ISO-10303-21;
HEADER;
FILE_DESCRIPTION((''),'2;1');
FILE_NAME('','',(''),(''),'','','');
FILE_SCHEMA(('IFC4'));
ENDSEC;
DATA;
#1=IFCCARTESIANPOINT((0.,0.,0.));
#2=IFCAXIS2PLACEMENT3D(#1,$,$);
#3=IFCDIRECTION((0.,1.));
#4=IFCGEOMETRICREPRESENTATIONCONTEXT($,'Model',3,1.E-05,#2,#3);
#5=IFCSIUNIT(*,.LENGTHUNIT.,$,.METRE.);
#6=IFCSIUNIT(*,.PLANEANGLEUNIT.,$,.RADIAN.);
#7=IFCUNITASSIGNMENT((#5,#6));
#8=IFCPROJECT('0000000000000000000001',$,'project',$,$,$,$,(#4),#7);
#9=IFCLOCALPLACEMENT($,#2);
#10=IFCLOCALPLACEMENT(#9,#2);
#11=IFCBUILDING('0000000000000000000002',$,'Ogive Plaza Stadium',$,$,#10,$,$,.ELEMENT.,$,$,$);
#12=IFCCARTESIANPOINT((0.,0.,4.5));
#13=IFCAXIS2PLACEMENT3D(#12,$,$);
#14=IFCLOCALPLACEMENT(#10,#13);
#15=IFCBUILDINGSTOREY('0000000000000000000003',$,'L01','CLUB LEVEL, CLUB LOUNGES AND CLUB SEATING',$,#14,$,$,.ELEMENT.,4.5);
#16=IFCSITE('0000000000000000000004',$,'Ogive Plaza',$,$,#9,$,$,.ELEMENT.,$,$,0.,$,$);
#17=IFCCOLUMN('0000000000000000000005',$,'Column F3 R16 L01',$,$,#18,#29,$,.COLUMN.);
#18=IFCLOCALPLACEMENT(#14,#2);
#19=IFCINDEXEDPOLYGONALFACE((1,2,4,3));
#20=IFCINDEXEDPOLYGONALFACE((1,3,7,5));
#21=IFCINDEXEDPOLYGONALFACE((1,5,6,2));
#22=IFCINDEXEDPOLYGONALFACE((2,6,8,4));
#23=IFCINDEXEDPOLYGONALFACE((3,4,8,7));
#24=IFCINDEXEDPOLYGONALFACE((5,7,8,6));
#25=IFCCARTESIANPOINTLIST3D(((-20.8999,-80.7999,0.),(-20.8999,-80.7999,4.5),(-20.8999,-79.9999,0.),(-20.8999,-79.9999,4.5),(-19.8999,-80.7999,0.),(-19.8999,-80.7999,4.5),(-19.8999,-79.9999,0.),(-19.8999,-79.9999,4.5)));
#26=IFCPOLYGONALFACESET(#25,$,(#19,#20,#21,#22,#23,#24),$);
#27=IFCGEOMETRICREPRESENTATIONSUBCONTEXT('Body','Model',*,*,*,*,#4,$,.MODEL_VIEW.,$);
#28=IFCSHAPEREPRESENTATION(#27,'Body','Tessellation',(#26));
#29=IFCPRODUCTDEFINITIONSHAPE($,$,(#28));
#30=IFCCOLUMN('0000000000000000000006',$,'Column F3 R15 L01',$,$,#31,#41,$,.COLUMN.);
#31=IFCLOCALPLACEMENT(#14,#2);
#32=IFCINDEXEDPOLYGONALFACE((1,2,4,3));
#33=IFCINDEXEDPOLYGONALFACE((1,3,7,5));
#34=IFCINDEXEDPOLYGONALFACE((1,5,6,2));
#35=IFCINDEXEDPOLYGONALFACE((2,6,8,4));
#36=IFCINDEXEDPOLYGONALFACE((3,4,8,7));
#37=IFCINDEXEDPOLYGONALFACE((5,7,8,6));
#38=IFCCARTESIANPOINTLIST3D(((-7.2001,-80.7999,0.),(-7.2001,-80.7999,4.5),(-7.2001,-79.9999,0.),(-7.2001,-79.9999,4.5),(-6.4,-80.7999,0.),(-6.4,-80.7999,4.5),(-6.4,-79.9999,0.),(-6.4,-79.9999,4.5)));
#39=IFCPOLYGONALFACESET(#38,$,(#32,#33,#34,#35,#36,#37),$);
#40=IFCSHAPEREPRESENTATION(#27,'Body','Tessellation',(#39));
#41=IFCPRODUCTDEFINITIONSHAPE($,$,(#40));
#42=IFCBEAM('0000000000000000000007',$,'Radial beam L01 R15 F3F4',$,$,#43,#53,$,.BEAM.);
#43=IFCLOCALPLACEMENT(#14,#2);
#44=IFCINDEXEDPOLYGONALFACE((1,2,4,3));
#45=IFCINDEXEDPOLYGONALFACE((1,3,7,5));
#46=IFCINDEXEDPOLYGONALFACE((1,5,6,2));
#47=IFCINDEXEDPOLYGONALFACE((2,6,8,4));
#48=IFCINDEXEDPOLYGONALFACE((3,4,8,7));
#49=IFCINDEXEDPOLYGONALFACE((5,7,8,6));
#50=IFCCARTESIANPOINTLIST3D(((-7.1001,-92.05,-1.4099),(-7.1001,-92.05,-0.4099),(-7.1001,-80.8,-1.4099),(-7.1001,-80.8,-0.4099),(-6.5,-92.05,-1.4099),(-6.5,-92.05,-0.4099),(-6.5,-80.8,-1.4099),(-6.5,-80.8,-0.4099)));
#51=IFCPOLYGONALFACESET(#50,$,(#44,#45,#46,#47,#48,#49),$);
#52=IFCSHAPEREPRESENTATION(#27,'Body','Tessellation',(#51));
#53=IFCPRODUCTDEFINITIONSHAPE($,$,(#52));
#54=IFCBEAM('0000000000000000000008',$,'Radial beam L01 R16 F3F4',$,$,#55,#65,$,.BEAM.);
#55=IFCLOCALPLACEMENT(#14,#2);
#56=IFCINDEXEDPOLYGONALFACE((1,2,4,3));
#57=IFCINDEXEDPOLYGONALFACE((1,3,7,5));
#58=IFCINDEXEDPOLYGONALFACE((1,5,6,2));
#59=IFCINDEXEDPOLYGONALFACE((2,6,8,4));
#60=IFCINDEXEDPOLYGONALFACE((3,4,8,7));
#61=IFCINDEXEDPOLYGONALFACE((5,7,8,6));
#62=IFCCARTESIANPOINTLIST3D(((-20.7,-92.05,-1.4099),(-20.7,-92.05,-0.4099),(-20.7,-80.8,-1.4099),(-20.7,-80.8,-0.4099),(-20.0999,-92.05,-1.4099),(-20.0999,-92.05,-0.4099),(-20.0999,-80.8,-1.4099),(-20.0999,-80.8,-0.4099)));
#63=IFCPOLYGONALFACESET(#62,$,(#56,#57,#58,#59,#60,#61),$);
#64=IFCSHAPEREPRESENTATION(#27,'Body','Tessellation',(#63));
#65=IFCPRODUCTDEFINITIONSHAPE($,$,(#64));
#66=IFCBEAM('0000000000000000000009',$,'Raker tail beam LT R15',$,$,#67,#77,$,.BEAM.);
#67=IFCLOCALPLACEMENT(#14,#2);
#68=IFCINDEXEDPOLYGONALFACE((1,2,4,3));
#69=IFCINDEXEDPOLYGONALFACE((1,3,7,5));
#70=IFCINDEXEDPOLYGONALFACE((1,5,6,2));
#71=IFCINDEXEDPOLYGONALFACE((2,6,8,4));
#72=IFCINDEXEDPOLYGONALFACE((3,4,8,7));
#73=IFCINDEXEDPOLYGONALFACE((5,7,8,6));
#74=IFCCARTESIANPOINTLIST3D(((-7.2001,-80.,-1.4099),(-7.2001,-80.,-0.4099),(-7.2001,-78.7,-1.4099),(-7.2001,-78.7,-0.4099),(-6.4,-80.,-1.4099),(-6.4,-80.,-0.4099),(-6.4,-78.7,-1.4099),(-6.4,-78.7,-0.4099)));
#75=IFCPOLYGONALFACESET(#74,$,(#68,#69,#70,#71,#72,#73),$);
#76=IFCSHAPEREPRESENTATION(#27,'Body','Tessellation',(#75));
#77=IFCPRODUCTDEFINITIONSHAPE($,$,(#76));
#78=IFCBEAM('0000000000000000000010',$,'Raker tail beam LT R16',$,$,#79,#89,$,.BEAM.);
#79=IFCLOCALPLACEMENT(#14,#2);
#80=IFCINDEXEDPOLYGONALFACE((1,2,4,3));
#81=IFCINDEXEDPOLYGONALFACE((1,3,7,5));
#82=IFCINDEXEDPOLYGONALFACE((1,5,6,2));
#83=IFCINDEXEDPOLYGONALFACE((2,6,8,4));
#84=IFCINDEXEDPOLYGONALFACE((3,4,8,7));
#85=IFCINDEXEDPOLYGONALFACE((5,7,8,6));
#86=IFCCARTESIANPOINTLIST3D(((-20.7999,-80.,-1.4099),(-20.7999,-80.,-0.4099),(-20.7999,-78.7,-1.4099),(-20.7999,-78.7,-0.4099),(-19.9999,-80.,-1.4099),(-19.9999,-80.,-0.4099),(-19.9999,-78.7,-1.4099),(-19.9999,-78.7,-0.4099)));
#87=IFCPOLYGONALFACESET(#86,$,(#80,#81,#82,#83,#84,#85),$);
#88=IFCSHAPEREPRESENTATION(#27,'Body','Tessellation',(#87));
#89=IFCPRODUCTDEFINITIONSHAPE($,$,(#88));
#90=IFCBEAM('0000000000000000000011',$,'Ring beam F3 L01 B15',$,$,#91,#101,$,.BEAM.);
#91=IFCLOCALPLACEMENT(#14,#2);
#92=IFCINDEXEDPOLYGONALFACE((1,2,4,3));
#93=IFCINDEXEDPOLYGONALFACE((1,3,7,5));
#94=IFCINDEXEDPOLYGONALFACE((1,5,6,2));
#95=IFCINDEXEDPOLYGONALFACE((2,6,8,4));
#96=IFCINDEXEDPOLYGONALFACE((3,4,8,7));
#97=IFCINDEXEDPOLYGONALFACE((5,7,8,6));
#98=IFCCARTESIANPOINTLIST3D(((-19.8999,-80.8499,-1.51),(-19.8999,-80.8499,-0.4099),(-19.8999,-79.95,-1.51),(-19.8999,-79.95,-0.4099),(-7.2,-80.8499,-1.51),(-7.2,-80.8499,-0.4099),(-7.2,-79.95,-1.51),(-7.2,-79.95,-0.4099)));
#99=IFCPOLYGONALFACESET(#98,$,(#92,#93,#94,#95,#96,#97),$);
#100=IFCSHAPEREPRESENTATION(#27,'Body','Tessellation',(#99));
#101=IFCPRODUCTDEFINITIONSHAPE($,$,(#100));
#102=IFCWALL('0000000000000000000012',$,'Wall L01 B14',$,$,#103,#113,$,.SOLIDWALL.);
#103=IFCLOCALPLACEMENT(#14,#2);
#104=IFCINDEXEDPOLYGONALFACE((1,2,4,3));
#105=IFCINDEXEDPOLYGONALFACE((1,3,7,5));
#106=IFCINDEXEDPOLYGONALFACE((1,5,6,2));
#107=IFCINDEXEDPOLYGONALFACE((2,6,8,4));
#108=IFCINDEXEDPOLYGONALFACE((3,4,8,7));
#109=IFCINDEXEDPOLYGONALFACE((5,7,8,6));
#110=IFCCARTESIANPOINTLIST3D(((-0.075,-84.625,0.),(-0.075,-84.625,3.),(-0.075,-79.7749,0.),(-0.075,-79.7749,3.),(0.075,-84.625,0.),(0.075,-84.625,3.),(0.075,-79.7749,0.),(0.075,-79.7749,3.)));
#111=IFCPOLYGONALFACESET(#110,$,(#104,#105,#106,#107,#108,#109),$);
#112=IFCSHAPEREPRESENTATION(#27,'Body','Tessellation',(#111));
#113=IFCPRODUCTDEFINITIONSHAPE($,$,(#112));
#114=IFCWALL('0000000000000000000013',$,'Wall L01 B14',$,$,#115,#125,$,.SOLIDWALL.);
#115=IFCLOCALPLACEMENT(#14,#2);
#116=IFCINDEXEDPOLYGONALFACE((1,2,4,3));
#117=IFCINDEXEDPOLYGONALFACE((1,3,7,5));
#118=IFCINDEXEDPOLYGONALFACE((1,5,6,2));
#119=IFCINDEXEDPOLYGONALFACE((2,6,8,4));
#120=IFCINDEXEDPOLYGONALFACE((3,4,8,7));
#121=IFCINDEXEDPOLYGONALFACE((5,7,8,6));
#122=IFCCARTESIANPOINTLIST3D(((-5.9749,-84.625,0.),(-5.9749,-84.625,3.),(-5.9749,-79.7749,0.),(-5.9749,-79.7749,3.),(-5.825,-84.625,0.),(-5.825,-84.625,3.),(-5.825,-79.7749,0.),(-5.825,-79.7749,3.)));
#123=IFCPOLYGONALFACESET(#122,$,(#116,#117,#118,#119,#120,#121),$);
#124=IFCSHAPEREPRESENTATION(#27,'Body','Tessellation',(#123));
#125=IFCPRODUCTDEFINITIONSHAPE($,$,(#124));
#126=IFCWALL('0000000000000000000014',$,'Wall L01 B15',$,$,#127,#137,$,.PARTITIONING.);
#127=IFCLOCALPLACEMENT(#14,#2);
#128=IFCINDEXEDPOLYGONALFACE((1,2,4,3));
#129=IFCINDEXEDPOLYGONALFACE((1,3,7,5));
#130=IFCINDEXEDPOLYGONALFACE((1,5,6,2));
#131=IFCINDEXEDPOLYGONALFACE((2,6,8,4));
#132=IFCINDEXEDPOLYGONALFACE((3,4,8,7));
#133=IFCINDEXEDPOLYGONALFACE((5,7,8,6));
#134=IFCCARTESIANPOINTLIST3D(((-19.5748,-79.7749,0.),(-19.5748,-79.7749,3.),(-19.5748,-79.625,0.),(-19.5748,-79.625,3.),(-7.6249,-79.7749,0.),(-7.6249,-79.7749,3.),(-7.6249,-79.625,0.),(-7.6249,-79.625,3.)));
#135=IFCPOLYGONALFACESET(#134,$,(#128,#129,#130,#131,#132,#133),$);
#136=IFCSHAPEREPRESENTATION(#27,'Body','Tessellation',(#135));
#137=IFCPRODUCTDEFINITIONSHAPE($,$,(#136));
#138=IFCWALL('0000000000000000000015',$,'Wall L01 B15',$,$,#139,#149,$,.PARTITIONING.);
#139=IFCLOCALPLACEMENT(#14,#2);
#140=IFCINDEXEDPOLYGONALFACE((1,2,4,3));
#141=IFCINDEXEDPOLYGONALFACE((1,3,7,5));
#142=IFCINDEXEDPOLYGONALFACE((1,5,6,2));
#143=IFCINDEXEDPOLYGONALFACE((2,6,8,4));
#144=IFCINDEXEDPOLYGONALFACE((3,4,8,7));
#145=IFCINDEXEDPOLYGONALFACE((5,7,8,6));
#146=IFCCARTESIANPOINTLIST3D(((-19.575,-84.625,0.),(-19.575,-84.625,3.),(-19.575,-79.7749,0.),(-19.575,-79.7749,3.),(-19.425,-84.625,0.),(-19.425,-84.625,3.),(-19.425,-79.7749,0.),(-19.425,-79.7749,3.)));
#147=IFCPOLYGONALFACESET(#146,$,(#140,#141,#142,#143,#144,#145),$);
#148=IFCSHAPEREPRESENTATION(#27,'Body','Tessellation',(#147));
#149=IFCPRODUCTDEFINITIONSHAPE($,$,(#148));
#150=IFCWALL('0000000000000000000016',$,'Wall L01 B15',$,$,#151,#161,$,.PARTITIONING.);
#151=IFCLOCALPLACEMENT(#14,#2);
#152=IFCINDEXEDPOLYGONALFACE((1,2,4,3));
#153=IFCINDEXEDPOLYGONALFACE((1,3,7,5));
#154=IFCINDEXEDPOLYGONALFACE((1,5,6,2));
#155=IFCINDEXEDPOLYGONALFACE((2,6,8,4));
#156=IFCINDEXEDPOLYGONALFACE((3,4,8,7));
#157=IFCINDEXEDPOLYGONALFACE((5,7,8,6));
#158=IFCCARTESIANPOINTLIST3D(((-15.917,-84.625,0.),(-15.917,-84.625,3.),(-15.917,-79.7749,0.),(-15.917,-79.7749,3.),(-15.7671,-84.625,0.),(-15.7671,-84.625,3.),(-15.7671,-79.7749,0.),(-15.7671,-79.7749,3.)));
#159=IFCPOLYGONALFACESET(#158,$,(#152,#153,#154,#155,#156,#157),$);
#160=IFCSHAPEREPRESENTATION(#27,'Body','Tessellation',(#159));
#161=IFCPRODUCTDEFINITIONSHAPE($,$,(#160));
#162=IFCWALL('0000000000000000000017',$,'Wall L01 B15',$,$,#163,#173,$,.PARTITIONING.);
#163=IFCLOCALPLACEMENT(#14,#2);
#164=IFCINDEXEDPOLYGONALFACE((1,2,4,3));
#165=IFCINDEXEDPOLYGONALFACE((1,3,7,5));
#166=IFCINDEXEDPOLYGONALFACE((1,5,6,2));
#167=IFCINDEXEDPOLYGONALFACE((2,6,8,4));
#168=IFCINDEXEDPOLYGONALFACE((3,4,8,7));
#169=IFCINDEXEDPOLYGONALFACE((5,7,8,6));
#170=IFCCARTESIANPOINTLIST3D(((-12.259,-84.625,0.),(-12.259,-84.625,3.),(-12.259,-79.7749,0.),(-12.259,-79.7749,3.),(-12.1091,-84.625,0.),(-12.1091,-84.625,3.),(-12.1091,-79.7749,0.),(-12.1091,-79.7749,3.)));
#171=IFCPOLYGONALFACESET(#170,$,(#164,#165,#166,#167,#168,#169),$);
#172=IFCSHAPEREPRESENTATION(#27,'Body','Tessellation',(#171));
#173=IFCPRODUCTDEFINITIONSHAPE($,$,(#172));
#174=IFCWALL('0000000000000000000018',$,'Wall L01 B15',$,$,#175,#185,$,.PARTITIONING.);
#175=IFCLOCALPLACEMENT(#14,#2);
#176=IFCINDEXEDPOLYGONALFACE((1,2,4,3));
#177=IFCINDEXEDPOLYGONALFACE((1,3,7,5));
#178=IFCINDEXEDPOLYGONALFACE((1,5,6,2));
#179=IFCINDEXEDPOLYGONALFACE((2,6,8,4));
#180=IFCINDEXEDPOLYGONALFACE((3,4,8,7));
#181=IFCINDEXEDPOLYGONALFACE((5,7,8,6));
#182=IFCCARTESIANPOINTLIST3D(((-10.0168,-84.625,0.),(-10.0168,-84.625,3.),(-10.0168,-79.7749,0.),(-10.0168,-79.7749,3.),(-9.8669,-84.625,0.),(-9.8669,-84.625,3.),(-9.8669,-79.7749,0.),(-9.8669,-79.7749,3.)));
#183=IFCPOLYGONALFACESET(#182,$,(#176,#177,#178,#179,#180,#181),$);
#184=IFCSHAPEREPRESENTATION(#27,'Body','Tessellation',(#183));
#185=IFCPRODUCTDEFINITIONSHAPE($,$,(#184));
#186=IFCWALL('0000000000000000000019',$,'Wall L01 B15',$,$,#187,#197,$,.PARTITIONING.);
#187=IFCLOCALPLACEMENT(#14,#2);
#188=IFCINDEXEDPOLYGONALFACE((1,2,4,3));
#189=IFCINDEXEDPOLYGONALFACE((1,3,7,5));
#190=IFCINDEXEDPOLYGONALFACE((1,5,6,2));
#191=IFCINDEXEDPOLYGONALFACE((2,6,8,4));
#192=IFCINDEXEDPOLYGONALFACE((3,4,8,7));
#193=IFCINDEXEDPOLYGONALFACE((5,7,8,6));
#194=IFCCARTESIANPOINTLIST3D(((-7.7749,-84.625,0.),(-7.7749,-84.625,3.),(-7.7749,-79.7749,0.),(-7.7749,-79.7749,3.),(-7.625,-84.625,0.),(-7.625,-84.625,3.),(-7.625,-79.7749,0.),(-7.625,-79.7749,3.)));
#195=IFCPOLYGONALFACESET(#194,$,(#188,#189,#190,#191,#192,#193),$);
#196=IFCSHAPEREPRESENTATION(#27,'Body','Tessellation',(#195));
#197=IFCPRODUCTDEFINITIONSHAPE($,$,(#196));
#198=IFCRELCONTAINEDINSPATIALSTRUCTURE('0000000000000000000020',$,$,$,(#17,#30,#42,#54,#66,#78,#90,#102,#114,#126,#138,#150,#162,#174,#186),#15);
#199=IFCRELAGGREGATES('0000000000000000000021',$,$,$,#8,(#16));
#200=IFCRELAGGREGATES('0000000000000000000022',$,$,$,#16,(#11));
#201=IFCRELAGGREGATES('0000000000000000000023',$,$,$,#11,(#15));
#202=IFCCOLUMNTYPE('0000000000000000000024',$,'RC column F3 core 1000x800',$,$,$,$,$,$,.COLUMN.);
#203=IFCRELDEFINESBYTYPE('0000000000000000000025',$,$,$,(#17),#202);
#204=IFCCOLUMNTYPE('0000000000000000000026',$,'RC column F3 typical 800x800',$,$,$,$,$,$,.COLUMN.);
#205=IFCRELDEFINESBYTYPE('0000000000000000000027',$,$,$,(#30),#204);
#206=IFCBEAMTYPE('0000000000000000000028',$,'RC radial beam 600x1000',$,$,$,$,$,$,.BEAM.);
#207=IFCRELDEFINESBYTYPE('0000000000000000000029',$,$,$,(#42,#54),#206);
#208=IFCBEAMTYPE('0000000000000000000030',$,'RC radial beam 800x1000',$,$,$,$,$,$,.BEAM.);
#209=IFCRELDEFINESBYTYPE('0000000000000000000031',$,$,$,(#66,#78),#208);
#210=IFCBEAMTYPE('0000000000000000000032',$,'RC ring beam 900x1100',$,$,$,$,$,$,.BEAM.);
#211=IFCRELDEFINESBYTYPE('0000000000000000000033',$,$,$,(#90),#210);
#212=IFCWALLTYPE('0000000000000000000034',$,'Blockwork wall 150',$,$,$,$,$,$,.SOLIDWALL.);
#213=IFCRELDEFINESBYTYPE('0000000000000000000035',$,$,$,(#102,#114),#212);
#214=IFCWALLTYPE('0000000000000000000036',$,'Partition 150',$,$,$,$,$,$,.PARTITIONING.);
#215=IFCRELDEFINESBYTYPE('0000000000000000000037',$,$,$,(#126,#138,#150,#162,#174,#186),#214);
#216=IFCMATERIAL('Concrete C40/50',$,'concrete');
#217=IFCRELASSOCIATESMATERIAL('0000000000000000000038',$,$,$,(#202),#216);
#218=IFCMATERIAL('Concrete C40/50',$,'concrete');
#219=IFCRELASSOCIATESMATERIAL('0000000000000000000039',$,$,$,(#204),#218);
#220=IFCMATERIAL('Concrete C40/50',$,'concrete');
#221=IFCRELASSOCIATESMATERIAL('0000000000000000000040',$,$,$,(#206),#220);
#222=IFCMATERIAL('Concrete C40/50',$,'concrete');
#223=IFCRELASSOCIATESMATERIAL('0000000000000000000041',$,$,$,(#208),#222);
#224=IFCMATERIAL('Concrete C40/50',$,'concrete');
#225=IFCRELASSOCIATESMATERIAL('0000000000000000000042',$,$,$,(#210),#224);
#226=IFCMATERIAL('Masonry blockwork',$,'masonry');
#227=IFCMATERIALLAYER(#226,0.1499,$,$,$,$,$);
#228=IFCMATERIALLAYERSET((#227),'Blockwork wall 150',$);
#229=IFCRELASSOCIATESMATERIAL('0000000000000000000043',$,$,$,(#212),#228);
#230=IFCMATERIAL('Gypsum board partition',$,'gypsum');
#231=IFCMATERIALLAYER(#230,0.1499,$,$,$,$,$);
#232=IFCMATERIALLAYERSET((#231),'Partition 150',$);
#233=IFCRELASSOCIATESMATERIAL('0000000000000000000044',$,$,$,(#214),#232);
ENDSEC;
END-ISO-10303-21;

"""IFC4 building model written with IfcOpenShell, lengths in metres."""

from ifc_helpers import new_model, si_unit, direction, frame, frame_2d, origin, origin_2d, place, context, subcontext, project, spatial, rectangle, extrude, material, layer, layer_set, material_profile, profile_set, type_object, element, save


model = new_model("IFC4")

# Units and contexts
model_context = context("Model", 3, precision=1e-05, world=origin(), true_north=direction((0.0, 1.0)))
body_context = subcontext(model_context, "Body", "Model", "MODEL_VIEW")
ifc_project = project(units=[si_unit("LENGTHUNIT", "METRE"), si_unit("PLANEANGLEUNIT", "RADIAN")], contexts=[model_context])

# Site, building, storey
site_placement = place(None, origin())
site = spatial("IfcSite", under=ifc_project, at=site_placement, Name="Ogive Plaza", CompositionType="ELEMENT", RefElevation=0.0)
building_placement = place(site_placement, origin())
building = spatial("IfcBuilding", under=site, at=building_placement, Name="Ogive Plaza Stadium", CompositionType="ELEMENT")
storey_placement = place(building_placement, frame((0.0, 0.0, 4.5)))
storey = spatial("IfcBuildingStorey", under=building, at=storey_placement, Name="L01", Description="CLUB LEVEL, CLUB LOUNGES AND CLUB SEATING", CompositionType="ELEMENT", Elevation=4.5)

# Columns
ifc_material_1 = material(Name="Concrete C40/50", Category="concrete")
ifc_material_profile_1 = material_profile(ifc_material_1, rectangle(XDim=1.0, YDim=0.8, at=origin_2d()), Name="RC 1000x800")
ifc_profile_set_1 = profile_set([ifc_material_profile_1], Name="Concrete C40/50")
column_type_1 = type_object("IfcColumnType", Name="RC column F3 core 1000x800", PredefinedType="COLUMN", material=ifc_profile_set_1)
column_1_placement = place(storey_placement, frame((-20.3999, -80.3999, 0.0), z_axis=(0.0, 0.0, 1.0), x_axis=(1.0, 0.0, 0.0)))
element("IfcColumn", 1, at=column_1_placement, inside=storey, type_object=column_type_1, Name="Column F3 R16 L01", PredefinedType="COLUMN", context=body_context, shape_type="SweptSolid", body=[
    extrude(rectangle(XDim=1.0, YDim=0.8, at=origin_2d()), origin(), (0.0, 0.0, 1.0), 4.5),
])
ifc_material_2 = material(Name="Concrete C40/50", Category="concrete")
ifc_material_profile_2 = material_profile(ifc_material_2, rectangle(XDim=0.8, YDim=0.8, at=origin_2d()), Name="RC 800x800")
ifc_profile_set_2 = profile_set([ifc_material_profile_2], Name="Concrete C40/50")
column_type_2 = type_object("IfcColumnType", Name="RC column F3 typical 800x800", PredefinedType="COLUMN", material=ifc_profile_set_2)
column_2_placement = place(storey_placement, frame((-6.8, -80.3999, 0.0), z_axis=(0.0, 0.0, 1.0), x_axis=(1.0, 0.0, 0.0)))
element("IfcColumn", 2, at=column_2_placement, inside=storey, type_object=column_type_2, Name="Column F3 R15 L01", PredefinedType="COLUMN", context=body_context, shape_type="SweptSolid", body=[
    extrude(rectangle(XDim=0.8, YDim=0.8, at=origin_2d()), origin(), (0.0, 0.0, 1.0), 4.5),
])

# Beams
ifc_material_3 = material(Name="Concrete C40/50", Category="concrete")
ifc_material_profile_3 = material_profile(ifc_material_3, rectangle(XDim=0.6001, YDim=1.0, at=origin_2d()), Name="RC 600x1000")
ifc_profile_set_3 = profile_set([ifc_material_profile_3], Name="Concrete C40/50")
beam_type_1 = type_object("IfcBeamType", Name="RC radial beam 600x1000", PredefinedType="BEAM", material=ifc_profile_set_3)
for number, where, z_axis, x_axis, name in (
    (3, (-6.8, -80.8, -0.9099), (0.0, -1.0, 0.0), (1.0, 0.0, 0.0), "Radial beam L01 R15 F3F4"),
    (4, (-20.3999, -80.8, -0.9099), (0.0, -1.0, 0.0), (1.0, 0.0, 0.0), "Radial beam L01 R16 F3F4"),
):
    element("IfcBeam", number, at=place(storey_placement, frame(where, z_axis=z_axis, x_axis=x_axis)), inside=storey, type_object=beam_type_1, Name=name, PredefinedType="BEAM", context=body_context, shape_type="SweptSolid", body=[
        extrude(rectangle(XDim=0.6001, YDim=1.0, at=origin_2d()), origin(), (0.0, 0.0, 1.0), 11.25),
    ])
ifc_material_4 = material(Name="Concrete C40/50", Category="concrete")
ifc_material_profile_4 = material_profile(ifc_material_4, rectangle(XDim=0.8, YDim=1.0, at=origin_2d()), Name="RC 800x1000")
ifc_profile_set_4 = profile_set([ifc_material_profile_4], Name="Concrete C40/50")
beam_type_2 = type_object("IfcBeamType", Name="RC radial beam 800x1000", PredefinedType="BEAM", material=ifc_profile_set_4)
for number, where, z_axis, x_axis, name in (
    (5, (-6.8, -78.7, -0.9099), (0.0, -1.0, 0.0), (1.0, 0.0, 0.0), "Raker tail beam LT R15"),
    (6, (-20.3999, -78.7, -0.9099), (0.0, -1.0, 0.0), (1.0, 0.0, 0.0), "Raker tail beam LT R16"),
):
    element("IfcBeam", number, at=place(storey_placement, frame(where, z_axis=z_axis, x_axis=x_axis)), inside=storey, type_object=beam_type_2, Name=name, PredefinedType="BEAM", context=body_context, shape_type="SweptSolid", body=[
        extrude(rectangle(XDim=0.8, YDim=1.0, at=origin_2d()), origin(), (0.0, 0.0, 1.0), 1.3),
    ])
ifc_material_5 = material(Name="Concrete C40/50", Category="concrete")
ifc_material_profile_5 = material_profile(ifc_material_5, rectangle(XDim=0.8999, YDim=1.1001, at=origin_2d()), Name="RC 900x1100")
ifc_profile_set_5 = profile_set([ifc_material_profile_5], Name="Concrete C40/50")
beam_type_3 = type_object("IfcBeamType", Name="RC ring beam 900x1100", PredefinedType="BEAM", material=ifc_profile_set_5)
beam_placement = place(storey_placement, frame((-7.2, -80.3999, -0.96), z_axis=(-1.0, 0.0, 0.0), x_axis=(0.0, -1.0, 0.0)))
element("IfcBeam", 7, at=beam_placement, inside=storey, type_object=beam_type_3, Name="Ring beam F3 L01 B15", PredefinedType="BEAM", context=body_context, shape_type="SweptSolid", body=[
    extrude(rectangle(XDim=0.8999, YDim=1.1001, at=origin_2d()), origin(), (0.0, 0.0, 1.0), 12.7),
])

# Walls
ifc_material_6 = material(Name="Masonry blockwork", Category="masonry")
ifc_layer_1 = layer(ifc_material_6, 0.1499)
ifc_layer_set_1 = layer_set([ifc_layer_1], Name="Blockwork wall 150")
wall_type_1 = type_object("IfcWallType", Name="Blockwork wall 150", PredefinedType="SOLIDWALL", material=ifc_layer_set_1)
for number, where, z_axis, x_axis, name in (
    (8, (0.0, -79.7749, 0.0), (0.0, 0.0, 1.0), (0.0, -1.0, 0.0), "Wall L01 B14"),
    (9, (-5.8999, -79.7749, 0.0), (0.0, 0.0, 1.0), (0.0, -1.0, 0.0), "Wall L01 B14"),
):
    element("IfcWall", number, at=place(storey_placement, frame(where, z_axis=z_axis, x_axis=x_axis)), inside=storey, type_object=wall_type_1, Name=name, PredefinedType="SOLIDWALL", context=body_context, shape_type="SweptSolid", body=[
        extrude(rectangle(XDim=4.8501, YDim=0.1499, at=frame_2d((2.425, 0.0))), origin(), (0.0, 0.0, 1.0), 3.0),
    ])
ifc_material_7 = material(Name="Gypsum board partition", Category="gypsum")
ifc_layer_2 = layer(ifc_material_7, 0.1499)
ifc_layer_set_2 = layer_set([ifc_layer_2], Name="Partition 150")
wall_type_2 = type_object("IfcWallType", Name="Partition 150", PredefinedType="PARTITIONING", material=ifc_layer_set_2)
wall_placement = place(storey_placement, frame((-19.575, -79.7, 0.0), z_axis=(0.0, 0.0, 1.0), x_axis=(1.0, 0.0, 0.0)))
element("IfcWall", 10, at=wall_placement, inside=storey, type_object=wall_type_2, Name="Wall L01 B15", PredefinedType="PARTITIONING", context=body_context, shape_type="SweptSolid", body=[
    extrude(rectangle(XDim=11.95, YDim=0.1499, at=frame_2d((5.9751, 0.0))), origin(), (0.0, 0.0, 1.0), 3.0),
])
for number, where, z_axis, x_axis, name in (
    (11, (-19.5, -79.7749, 0.0), (0.0, 0.0, 1.0), (0.0, -1.0, 0.0), "Wall L01 B15"),
    (12, (-15.842, -79.7749, 0.0), (0.0, 0.0, 1.0), (0.0, -1.0, 0.0), "Wall L01 B15"),
    (13, (-12.1841, -79.7749, 0.0), (0.0, 0.0, 1.0), (0.0, -1.0, 0.0), "Wall L01 B15"),
    (14, (-9.9419, -79.7749, 0.0), (0.0, 0.0, 1.0), (0.0, -1.0, 0.0), "Wall L01 B15"),
    (15, (-7.7, -79.7749, 0.0), (0.0, 0.0, 1.0), (0.0, -1.0, 0.0), "Wall L01 B15"),
):
    element("IfcWall", number, at=place(storey_placement, frame(where, z_axis=z_axis, x_axis=x_axis)), inside=storey, type_object=wall_type_2, Name=name, PredefinedType="PARTITIONING", context=body_context, shape_type="SweptSolid", body=[
        extrude(rectangle(XDim=4.8501, YDim=0.1499, at=frame_2d((2.425, 0.0))), origin(), (0.0, 0.0, 1.0), 3.0),
    ])

save(model, "model.ifc")
